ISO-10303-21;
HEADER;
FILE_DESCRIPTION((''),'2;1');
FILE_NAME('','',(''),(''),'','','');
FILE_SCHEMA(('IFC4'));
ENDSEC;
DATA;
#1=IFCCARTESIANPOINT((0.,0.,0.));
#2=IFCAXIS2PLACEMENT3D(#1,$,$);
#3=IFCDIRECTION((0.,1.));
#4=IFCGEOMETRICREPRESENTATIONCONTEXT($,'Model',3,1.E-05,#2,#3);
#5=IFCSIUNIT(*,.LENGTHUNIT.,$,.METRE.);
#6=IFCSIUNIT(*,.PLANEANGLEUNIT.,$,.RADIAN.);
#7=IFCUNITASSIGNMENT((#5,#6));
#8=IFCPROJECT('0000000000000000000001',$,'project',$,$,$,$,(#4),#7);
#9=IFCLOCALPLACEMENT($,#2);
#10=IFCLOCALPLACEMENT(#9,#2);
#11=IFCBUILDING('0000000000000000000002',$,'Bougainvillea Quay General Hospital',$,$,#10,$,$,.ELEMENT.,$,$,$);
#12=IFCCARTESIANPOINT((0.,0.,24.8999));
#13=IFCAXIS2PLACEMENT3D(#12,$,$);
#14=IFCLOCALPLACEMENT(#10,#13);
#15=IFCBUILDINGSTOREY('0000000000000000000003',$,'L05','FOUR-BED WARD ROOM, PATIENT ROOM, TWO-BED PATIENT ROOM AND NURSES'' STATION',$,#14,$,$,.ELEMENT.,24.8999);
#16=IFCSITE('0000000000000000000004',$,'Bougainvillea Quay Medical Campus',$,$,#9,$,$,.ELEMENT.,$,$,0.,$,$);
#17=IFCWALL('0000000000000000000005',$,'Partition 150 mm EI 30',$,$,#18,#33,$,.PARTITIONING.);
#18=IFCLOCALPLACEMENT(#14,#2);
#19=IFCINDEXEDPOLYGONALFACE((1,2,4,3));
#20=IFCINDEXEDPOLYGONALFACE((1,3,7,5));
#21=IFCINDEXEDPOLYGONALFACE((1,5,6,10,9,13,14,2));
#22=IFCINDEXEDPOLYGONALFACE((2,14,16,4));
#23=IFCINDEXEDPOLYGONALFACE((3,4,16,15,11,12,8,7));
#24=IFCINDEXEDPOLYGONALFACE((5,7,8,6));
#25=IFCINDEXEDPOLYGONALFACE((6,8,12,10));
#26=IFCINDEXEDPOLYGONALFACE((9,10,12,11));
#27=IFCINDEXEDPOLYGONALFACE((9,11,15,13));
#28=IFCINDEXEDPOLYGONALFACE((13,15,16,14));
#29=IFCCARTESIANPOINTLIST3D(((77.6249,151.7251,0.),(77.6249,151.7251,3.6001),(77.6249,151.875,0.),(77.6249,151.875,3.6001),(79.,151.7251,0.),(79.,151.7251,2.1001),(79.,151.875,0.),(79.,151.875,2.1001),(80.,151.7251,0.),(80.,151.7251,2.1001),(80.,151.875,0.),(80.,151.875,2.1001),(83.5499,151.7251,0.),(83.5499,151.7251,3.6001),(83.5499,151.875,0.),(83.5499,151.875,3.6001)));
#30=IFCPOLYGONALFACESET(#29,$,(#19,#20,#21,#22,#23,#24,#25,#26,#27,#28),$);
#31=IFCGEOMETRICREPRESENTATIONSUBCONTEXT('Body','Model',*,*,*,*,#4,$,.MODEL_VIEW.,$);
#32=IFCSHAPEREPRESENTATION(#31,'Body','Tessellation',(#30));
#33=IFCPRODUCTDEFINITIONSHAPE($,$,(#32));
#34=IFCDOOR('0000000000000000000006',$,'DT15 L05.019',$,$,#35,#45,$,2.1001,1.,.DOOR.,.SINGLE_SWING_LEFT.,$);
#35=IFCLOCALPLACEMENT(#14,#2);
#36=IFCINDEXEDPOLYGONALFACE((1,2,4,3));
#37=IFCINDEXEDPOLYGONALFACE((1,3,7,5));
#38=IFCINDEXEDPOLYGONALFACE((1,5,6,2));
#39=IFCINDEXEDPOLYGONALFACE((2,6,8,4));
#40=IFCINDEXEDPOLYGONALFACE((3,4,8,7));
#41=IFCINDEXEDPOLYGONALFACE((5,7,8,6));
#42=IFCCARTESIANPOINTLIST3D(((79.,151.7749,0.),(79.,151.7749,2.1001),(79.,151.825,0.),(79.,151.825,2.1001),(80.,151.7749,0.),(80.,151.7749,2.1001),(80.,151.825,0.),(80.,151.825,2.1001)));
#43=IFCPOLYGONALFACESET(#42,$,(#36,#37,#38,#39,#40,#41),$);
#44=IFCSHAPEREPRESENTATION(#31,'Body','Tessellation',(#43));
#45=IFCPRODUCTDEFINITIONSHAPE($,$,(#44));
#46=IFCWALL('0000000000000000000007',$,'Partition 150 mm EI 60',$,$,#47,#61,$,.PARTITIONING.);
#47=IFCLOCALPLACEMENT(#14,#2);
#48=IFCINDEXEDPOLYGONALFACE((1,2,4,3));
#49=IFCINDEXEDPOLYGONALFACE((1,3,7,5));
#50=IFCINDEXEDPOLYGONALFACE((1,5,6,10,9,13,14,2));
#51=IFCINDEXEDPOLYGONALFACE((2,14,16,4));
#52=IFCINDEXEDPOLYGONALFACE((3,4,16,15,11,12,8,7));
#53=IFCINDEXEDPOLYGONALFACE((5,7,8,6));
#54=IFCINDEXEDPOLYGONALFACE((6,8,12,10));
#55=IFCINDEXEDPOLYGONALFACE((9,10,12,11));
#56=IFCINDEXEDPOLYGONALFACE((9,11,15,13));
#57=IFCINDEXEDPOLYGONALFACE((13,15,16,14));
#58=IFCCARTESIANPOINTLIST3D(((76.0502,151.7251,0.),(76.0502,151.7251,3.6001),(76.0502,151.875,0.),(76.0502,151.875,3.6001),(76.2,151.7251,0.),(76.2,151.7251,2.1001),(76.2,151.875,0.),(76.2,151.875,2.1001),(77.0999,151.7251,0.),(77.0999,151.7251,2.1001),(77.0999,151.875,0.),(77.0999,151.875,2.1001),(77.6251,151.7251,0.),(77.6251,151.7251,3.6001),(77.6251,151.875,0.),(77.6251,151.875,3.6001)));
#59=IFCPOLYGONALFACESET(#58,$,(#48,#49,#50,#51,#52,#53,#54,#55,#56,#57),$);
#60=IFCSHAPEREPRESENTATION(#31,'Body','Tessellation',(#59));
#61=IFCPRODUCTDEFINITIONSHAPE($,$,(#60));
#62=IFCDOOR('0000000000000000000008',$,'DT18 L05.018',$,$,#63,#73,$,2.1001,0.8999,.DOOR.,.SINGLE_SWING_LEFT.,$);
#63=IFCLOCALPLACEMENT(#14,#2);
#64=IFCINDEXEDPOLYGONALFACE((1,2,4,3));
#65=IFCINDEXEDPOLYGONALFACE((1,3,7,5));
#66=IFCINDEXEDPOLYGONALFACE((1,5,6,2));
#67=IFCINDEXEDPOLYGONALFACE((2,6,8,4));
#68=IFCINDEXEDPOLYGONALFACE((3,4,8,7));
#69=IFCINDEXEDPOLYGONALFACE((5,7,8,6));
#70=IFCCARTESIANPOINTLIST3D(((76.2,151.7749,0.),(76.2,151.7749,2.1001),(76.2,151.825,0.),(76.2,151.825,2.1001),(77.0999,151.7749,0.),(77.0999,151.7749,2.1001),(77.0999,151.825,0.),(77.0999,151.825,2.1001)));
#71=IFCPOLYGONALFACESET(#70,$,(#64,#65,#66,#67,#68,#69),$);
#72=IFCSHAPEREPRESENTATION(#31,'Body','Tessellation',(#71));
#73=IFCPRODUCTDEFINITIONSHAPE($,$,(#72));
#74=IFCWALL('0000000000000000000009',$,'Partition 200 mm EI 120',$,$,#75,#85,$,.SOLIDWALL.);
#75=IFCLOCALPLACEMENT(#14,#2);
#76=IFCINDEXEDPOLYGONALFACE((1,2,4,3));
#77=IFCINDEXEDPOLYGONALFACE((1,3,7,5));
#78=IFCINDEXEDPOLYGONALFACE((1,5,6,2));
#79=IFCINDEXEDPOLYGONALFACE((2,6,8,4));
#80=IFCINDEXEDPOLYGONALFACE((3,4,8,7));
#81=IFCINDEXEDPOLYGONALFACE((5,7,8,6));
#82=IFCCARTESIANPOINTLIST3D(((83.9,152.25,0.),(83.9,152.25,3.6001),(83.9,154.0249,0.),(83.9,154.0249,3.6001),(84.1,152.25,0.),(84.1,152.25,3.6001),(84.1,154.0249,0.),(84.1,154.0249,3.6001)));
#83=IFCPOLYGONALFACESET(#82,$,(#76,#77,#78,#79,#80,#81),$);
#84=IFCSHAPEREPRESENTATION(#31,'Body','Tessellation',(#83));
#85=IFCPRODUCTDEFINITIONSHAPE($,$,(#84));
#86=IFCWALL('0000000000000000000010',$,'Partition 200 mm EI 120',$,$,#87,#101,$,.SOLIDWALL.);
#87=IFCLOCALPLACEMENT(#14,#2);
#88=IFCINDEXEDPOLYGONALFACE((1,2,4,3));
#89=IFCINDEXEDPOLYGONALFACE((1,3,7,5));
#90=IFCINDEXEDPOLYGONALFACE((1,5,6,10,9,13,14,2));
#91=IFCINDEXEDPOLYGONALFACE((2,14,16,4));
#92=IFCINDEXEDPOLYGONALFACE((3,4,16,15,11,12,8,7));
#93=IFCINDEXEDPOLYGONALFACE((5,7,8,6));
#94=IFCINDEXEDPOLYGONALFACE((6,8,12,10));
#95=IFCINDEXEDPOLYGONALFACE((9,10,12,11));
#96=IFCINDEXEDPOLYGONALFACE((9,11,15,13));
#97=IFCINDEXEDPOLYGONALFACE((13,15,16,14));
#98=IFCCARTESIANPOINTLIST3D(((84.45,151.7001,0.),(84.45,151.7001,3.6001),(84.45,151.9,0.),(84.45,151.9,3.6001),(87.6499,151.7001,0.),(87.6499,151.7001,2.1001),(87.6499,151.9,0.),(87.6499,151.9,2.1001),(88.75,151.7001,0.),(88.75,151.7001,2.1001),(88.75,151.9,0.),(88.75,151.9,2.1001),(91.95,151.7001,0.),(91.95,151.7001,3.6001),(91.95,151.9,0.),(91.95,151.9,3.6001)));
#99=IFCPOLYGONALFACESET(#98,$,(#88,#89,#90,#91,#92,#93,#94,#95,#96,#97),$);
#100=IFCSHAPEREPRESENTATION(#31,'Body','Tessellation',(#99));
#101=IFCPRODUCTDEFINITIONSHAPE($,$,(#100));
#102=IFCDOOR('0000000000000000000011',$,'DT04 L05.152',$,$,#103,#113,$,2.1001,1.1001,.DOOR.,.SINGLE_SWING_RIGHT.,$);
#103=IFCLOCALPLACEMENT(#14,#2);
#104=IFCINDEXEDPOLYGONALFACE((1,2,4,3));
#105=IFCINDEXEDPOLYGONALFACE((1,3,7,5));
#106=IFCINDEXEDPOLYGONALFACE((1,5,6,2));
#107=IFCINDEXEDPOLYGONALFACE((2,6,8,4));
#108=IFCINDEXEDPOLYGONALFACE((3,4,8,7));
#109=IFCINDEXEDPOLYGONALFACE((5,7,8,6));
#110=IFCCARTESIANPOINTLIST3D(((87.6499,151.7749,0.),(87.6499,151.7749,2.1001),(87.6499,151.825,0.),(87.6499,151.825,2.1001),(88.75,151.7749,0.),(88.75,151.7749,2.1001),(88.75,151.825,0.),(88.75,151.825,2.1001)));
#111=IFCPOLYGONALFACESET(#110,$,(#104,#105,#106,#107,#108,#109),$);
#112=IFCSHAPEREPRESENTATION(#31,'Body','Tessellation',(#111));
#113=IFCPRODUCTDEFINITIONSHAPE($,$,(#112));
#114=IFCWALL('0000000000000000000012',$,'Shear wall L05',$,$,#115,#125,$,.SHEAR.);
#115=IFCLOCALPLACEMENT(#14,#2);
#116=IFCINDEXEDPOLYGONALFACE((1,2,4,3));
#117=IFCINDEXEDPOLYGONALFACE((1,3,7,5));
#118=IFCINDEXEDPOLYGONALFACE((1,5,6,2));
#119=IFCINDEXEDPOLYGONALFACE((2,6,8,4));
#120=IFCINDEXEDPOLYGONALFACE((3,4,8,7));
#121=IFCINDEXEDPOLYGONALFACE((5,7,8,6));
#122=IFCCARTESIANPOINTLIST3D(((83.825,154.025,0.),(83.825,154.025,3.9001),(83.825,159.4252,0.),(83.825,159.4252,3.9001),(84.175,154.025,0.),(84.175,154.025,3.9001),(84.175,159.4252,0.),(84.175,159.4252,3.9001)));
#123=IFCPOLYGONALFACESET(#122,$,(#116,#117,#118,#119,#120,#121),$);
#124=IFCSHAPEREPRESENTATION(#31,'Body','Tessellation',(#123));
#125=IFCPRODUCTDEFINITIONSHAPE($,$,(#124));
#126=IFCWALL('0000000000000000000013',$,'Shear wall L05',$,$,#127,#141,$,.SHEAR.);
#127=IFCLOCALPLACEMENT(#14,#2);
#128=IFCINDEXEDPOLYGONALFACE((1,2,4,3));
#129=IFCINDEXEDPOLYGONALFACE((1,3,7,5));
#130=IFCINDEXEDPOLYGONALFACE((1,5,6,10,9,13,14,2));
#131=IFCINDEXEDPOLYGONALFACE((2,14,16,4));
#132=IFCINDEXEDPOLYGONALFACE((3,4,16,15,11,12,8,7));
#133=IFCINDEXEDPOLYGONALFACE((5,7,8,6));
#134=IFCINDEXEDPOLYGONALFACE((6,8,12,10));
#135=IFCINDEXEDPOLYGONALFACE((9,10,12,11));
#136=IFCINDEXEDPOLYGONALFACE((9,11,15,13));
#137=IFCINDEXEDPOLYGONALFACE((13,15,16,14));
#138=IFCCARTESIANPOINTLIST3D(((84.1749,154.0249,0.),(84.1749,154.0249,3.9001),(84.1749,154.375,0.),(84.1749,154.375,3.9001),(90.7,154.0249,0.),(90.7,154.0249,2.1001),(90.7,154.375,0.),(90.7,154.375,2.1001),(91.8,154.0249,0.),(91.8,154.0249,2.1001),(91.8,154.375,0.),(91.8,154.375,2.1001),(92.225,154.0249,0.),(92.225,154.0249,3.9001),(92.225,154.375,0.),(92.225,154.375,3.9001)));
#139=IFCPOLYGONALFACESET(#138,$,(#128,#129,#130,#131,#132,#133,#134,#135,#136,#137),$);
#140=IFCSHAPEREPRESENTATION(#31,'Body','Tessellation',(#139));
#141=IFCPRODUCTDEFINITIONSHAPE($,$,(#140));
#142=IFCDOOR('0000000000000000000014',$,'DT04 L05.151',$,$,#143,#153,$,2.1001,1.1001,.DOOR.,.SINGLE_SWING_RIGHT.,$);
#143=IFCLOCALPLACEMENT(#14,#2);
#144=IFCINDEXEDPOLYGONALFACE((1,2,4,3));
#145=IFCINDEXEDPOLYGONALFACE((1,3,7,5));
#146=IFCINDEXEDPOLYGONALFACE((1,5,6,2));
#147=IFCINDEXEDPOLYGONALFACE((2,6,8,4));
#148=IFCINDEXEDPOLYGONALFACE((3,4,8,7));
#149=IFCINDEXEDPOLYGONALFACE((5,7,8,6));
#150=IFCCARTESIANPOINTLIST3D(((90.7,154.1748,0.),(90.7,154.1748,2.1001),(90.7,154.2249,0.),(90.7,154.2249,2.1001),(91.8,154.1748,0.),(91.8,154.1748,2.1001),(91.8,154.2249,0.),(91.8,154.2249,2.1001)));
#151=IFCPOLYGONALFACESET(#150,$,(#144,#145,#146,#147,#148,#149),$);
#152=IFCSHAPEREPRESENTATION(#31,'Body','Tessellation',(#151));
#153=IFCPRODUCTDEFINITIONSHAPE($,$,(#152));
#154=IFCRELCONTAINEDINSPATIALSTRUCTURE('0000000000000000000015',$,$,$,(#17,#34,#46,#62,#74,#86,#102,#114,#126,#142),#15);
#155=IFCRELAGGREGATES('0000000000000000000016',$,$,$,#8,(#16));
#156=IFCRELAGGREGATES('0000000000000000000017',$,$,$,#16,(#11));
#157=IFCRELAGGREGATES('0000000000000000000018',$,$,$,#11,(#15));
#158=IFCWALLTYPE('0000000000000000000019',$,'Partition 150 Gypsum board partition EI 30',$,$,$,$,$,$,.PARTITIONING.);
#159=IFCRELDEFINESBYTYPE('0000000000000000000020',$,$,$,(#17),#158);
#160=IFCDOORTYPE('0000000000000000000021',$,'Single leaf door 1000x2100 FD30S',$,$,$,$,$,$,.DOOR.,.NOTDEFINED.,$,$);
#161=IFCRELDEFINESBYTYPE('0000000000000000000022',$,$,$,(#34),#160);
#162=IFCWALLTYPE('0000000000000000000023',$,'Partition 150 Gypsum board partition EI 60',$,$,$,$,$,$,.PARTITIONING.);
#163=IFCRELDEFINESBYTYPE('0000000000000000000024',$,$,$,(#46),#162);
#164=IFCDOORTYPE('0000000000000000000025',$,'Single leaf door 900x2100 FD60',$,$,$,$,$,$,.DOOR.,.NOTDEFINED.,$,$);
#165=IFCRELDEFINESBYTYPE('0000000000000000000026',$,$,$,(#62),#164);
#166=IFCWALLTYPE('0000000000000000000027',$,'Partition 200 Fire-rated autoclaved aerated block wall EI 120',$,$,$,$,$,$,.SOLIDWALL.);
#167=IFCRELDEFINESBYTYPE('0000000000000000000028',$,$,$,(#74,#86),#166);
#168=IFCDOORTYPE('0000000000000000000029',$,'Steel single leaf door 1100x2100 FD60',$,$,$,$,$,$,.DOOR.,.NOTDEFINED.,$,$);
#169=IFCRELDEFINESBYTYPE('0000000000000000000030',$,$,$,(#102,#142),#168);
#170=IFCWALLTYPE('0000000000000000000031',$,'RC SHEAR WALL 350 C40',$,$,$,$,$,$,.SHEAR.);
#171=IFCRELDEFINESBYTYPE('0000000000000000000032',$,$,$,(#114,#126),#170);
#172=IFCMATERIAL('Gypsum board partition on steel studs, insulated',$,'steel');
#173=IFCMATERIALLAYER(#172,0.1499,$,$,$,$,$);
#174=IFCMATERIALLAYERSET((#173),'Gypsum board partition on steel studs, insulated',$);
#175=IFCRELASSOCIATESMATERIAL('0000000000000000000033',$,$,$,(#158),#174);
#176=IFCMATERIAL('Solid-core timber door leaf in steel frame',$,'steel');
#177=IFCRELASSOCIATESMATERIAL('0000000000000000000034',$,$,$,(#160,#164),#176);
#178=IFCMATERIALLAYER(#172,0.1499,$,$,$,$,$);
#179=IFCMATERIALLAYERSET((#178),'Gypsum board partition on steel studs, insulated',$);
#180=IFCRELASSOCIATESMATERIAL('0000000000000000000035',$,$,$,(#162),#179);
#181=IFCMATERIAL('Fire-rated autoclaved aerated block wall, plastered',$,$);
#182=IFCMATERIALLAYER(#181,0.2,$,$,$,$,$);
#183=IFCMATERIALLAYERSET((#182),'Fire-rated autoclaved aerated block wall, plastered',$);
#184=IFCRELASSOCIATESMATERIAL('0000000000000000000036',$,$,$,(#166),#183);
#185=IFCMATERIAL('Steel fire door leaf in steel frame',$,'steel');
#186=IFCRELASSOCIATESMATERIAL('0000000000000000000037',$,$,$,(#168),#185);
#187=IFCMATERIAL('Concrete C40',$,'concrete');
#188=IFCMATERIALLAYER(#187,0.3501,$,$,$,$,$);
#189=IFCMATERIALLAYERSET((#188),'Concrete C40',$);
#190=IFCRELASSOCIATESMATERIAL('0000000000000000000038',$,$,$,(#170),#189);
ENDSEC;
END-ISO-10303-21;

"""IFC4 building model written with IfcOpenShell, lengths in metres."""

from ifc_helpers import new_model, si_unit, direction, frame, frame_2d, origin, place, context, subcontext, project, spatial, rectangle, extrude, material, layer, layer_set, type_object, element, fill, save


model = new_model("IFC4")

# Units and contexts
model_context = context("Model", 3, precision=1e-05, world=origin(), true_north=direction((0.0, 1.0)))
body_context = subcontext(model_context, "Body", "Model", "MODEL_VIEW")
ifc_project = project(units=[si_unit("LENGTHUNIT", "METRE"), si_unit("PLANEANGLEUNIT", "RADIAN")], contexts=[model_context])

# Site, building, storey
site_placement = place(None, origin())
site = spatial("IfcSite", under=ifc_project, at=site_placement, Name="Bougainvillea Quay Medical Campus", CompositionType="ELEMENT", RefElevation=0.0)
building_placement = place(site_placement, origin())
building = spatial("IfcBuilding", under=site, at=building_placement, Name="Bougainvillea Quay General Hospital", CompositionType="ELEMENT")
storey_placement = place(building_placement, frame((0.0, 0.0, 24.8999)))
storey = spatial("IfcBuildingStorey", under=building, at=storey_placement, Name="L05", Description="FOUR-BED WARD ROOM, PATIENT ROOM, TWO-BED PATIENT ROOM AND NURSES' STATION", CompositionType="ELEMENT", Elevation=24.8999)

# Shared definitions
ifc_material_1 = material(Name="Concrete C40", Category="concrete")

# Shared definitions
ifc_material_2 = material(Name="Gypsum board partition on steel studs, insulated", Category="steel")

# Shared definitions
ifc_material_3 = material(Name="Solid-core timber door leaf in steel frame", Category="steel")

# Walls, openings, doors
ifc_layer_1 = layer(ifc_material_2, 0.1499)
ifc_layer_set_1 = layer_set([ifc_layer_1], Name="Gypsum board partition on steel studs, insulated")
wall_type_1 = type_object("IfcWallType", Name="Partition 150 Gypsum board partition EI 30", PredefinedType="PARTITIONING", material=ifc_layer_set_1)
wall_1_placement = place(storey_placement, frame((77.625, 151.8, 0.0), z_axis=(0.0, 0.0, 1.0), x_axis=(1.0, 0.0, 0.0)))
wall_1 = element("IfcWall", 1, at=wall_1_placement, inside=storey, type_object=wall_type_1, Name="Partition 150 mm EI 30", PredefinedType="PARTITIONING", context=body_context, shape_type="SweptSolid", body=[
    extrude(rectangle(XDim=5.925, YDim=0.1499, at=frame_2d((2.9624, 0.0))), origin(), (0.0, 0.0, 1.0), 3.6001),
])
opening_1_placement = place(wall_1_placement, frame((1.375, 0.0, 0.0)))
opening_1 = element("IfcOpeningElement", 2, at=opening_1_placement, cuts=wall_1, PredefinedType="OPENING", context=body_context, shape_type="SweptSolid", body=[
    extrude(rectangle(XDim=1.0, YDim=2.1001, at=frame_2d((0.5, 1.05))), frame((0.0, 0.085, 0.0), z_axis=(0.0, -1.0, 0.0), x_axis=(1.0, 0.0, 0.0)), (0.0, 0.0, 1.0), 0.1699),
])
door_type_1 = type_object("IfcDoorType", Name="Single leaf door 1000x2100 FD30S", OperationType="NOTDEFINED", PredefinedType="DOOR", material=ifc_material_3)
door_1_placement = place(opening_1_placement, origin())
door_1 = element("IfcDoor", 3, at=door_1_placement, inside=storey, type_object=door_type_1, Name="DT15 L05.019", OperationType="SINGLE_SWING_LEFT", OverallHeight=2.1001, OverallWidth=1.0, PredefinedType="DOOR", context=body_context, shape_type="SweptSolid", body=[
    extrude(rectangle(XDim=1.0, YDim=2.1001, at=frame_2d((0.5, 1.05))), frame((0.0, 0.0249, 0.0), z_axis=(0.0, -1.0, 0.0), x_axis=(1.0, 0.0, 0.0)), (0.0, 0.0, 1.0), 0.05),
])
fill(opening_1, door_1)
ifc_layer_2 = layer(ifc_material_2, 0.1499)
ifc_layer_set_2 = layer_set([ifc_layer_2], Name="Gypsum board partition on steel studs, insulated")
wall_type_2 = type_object("IfcWallType", Name="Partition 150 Gypsum board partition EI 60", PredefinedType="PARTITIONING", material=ifc_layer_set_2)
wall_2_placement = place(storey_placement, frame((76.05, 151.8, 0.0), z_axis=(0.0, 0.0, 1.0), x_axis=(1.0, 0.0, 0.0)))
wall_2 = element("IfcWall", 4, at=wall_2_placement, inside=storey, type_object=wall_type_2, Name="Partition 150 mm EI 60", PredefinedType="PARTITIONING", context=body_context, shape_type="SweptSolid", body=[
    extrude(rectangle(XDim=1.575, YDim=0.1499, at=frame_2d((0.7876, 0.0))), origin(), (0.0, 0.0, 1.0), 3.6001),
])
opening_2_placement = place(wall_2_placement, frame((0.1499, 0.0, 0.0)))
opening_2 = element("IfcOpeningElement", 5, at=opening_2_placement, cuts=wall_2, PredefinedType="OPENING", context=body_context, shape_type="SweptSolid", body=[
    extrude(rectangle(XDim=0.8999, YDim=2.1001, at=frame_2d((0.45, 1.05))), frame((0.0, 0.085, 0.0), z_axis=(0.0, -1.0, 0.0), x_axis=(1.0, 0.0, 0.0)), (0.0, 0.0, 1.0), 0.1699),
])
door_type_2 = type_object("IfcDoorType", Name="Single leaf door 900x2100 FD60", OperationType="NOTDEFINED", PredefinedType="DOOR", material=ifc_material_3)
door_2_placement = place(opening_2_placement, origin())
door_2 = element("IfcDoor", 6, at=door_2_placement, inside=storey, type_object=door_type_2, Name="DT18 L05.018", OperationType="SINGLE_SWING_LEFT", OverallHeight=2.1001, OverallWidth=0.8999, PredefinedType="DOOR", context=body_context, shape_type="SweptSolid", body=[
    extrude(rectangle(XDim=0.8999, YDim=2.1001, at=frame_2d((0.45, 1.05))), frame((0.0, 0.0249, 0.0), z_axis=(0.0, -1.0, 0.0), x_axis=(1.0, 0.0, 0.0)), (0.0, 0.0, 1.0), 0.05),
])
fill(opening_2, door_2)

# Wall
ifc_material_4 = material(Name="Fire-rated autoclaved aerated block wall, plastered")
ifc_layer_3 = layer(ifc_material_4, 0.2)
ifc_layer_set_3 = layer_set([ifc_layer_3], Name="Fire-rated autoclaved aerated block wall, plastered")
wall_type_3 = type_object("IfcWallType", Name="Partition 200 Fire-rated autoclaved aerated block wall EI 120", PredefinedType="SOLIDWALL", material=ifc_layer_set_3)
wall_3_placement = place(storey_placement, frame((84.0, 152.25, 0.0), z_axis=(0.0, 0.0, 1.0), x_axis=(0.0, 1.0, 0.0)))
element("IfcWall", 7, at=wall_3_placement, inside=storey, type_object=wall_type_3, Name="Partition 200 mm EI 120", PredefinedType="SOLIDWALL", context=body_context, shape_type="SweptSolid", body=[
    extrude(rectangle(XDim=1.7749, YDim=0.2, at=frame_2d((0.8875, 0.0))), origin(), (0.0, 0.0, 1.0), 3.6001),
])

# Wall, opening, door
wall_4_placement = place(storey_placement, frame((84.45, 151.8, 0.0), z_axis=(0.0, 0.0, 1.0), x_axis=(1.0, 0.0, 0.0)))
wall_4 = element("IfcWall", 8, at=wall_4_placement, inside=storey, type_object=wall_type_3, Name="Partition 200 mm EI 120", PredefinedType="SOLIDWALL", context=body_context, shape_type="SweptSolid", body=[
    extrude(rectangle(XDim=7.5, YDim=0.2, at=frame_2d((3.75, 0.0))), origin(), (0.0, 0.0, 1.0), 3.6001),
])
opening_3_placement = place(wall_4_placement, frame((3.2, 0.0, 0.0)))
opening_3 = element("IfcOpeningElement", 9, at=opening_3_placement, cuts=wall_4, PredefinedType="OPENING", context=body_context, shape_type="SweptSolid", body=[
    extrude(rectangle(XDim=1.1001, YDim=2.1001, at=frame_2d((0.55, 1.05))), frame((0.0, 0.1099, 0.0), z_axis=(0.0, -1.0, 0.0), x_axis=(1.0, 0.0, 0.0)), (0.0, 0.0, 1.0), 0.22),
])
ifc_material_5 = material(Name="Steel fire door leaf in steel frame", Category="steel")
door_type_3 = type_object("IfcDoorType", Name="Steel single leaf door 1100x2100 FD60", OperationType="NOTDEFINED", PredefinedType="DOOR", material=ifc_material_5)
door_3_placement = place(opening_3_placement, origin())
door_3 = element("IfcDoor", 10, at=door_3_placement, inside=storey, type_object=door_type_3, Name="DT04 L05.152", OperationType="SINGLE_SWING_RIGHT", OverallHeight=2.1001, OverallWidth=1.1001, PredefinedType="DOOR", context=body_context, shape_type="SweptSolid", body=[
    extrude(rectangle(XDim=1.1001, YDim=2.1001, at=frame_2d((0.55, 1.05))), frame((0.0, 0.0249, 0.0), z_axis=(0.0, -1.0, 0.0), x_axis=(1.0, 0.0, 0.0)), (0.0, 0.0, 1.0), 0.05),
])
fill(opening_3, door_3)

# Wall
ifc_layer_4 = layer(ifc_material_1, 0.3501)
ifc_layer_set_4 = layer_set([ifc_layer_4], Name="Concrete C40")
wall_type_4 = type_object("IfcWallType", Name="RC SHEAR WALL 350 C40", PredefinedType="SHEAR", material=ifc_layer_set_4)
wall_5_placement = place(storey_placement, frame((84.0, 154.0249, 0.0), z_axis=(0.0, 0.0, 1.0), x_axis=(0.0, 1.0, 0.0)))
element("IfcWall", 11, at=wall_5_placement, inside=storey, type_object=wall_type_4, Name="Shear wall L05", PredefinedType="SHEAR", context=body_context, shape_type="SweptSolid", body=[
    extrude(rectangle(XDim=5.4001, YDim=0.3501, at=frame_2d((2.7002, 0.0))), origin(), (0.0, 0.0, 1.0), 3.9001),
])

# Wall, opening, door
wall_6_placement = place(storey_placement, frame((84.175, 154.2, 0.0), z_axis=(0.0, 0.0, 1.0), x_axis=(1.0, 0.0, 0.0)))
wall_6 = element("IfcWall", 12, at=wall_6_placement, inside=storey, type_object=wall_type_4, Name="Shear wall L05", PredefinedType="SHEAR", context=body_context, shape_type="SweptSolid", body=[
    extrude(rectangle(XDim=8.05, YDim=0.3501, at=frame_2d((4.0249, 0.0))), origin(), (0.0, 0.0, 1.0), 3.9001),
])
opening_4_placement = place(wall_6_placement, frame((6.5249, 0.0, 0.0)))
opening_4 = element("IfcOpeningElement", 13, at=opening_4_placement, cuts=wall_6, PredefinedType="OPENING", context=body_context, shape_type="SweptSolid", body=[
    extrude(rectangle(XDim=1.1001, YDim=2.1001, at=frame_2d((0.55, 1.05))), frame((0.0, 0.1851, 0.0), z_axis=(0.0, -1.0, 0.0), x_axis=(1.0, 0.0, 0.0)), (0.0, 0.0, 1.0), 0.3701),
])
door_4_placement = place(opening_4_placement, origin())
door_4 = element("IfcDoor", 14, at=door_4_placement, inside=storey, type_object=door_type_3, Name="DT04 L05.151", OperationType="SINGLE_SWING_RIGHT", OverallHeight=2.1001, OverallWidth=1.1001, PredefinedType="DOOR", context=body_context, shape_type="SweptSolid", body=[
    extrude(rectangle(XDim=1.1001, YDim=2.1001, at=frame_2d((0.55, 1.05))), frame((0.0, 0.0249, 0.0), z_axis=(0.0, -1.0, 0.0), x_axis=(1.0, 0.0, 0.0)), (0.0, 0.0, 1.0), 0.05),
])
fill(opening_4, door_4)

save(model, "model.ifc")
